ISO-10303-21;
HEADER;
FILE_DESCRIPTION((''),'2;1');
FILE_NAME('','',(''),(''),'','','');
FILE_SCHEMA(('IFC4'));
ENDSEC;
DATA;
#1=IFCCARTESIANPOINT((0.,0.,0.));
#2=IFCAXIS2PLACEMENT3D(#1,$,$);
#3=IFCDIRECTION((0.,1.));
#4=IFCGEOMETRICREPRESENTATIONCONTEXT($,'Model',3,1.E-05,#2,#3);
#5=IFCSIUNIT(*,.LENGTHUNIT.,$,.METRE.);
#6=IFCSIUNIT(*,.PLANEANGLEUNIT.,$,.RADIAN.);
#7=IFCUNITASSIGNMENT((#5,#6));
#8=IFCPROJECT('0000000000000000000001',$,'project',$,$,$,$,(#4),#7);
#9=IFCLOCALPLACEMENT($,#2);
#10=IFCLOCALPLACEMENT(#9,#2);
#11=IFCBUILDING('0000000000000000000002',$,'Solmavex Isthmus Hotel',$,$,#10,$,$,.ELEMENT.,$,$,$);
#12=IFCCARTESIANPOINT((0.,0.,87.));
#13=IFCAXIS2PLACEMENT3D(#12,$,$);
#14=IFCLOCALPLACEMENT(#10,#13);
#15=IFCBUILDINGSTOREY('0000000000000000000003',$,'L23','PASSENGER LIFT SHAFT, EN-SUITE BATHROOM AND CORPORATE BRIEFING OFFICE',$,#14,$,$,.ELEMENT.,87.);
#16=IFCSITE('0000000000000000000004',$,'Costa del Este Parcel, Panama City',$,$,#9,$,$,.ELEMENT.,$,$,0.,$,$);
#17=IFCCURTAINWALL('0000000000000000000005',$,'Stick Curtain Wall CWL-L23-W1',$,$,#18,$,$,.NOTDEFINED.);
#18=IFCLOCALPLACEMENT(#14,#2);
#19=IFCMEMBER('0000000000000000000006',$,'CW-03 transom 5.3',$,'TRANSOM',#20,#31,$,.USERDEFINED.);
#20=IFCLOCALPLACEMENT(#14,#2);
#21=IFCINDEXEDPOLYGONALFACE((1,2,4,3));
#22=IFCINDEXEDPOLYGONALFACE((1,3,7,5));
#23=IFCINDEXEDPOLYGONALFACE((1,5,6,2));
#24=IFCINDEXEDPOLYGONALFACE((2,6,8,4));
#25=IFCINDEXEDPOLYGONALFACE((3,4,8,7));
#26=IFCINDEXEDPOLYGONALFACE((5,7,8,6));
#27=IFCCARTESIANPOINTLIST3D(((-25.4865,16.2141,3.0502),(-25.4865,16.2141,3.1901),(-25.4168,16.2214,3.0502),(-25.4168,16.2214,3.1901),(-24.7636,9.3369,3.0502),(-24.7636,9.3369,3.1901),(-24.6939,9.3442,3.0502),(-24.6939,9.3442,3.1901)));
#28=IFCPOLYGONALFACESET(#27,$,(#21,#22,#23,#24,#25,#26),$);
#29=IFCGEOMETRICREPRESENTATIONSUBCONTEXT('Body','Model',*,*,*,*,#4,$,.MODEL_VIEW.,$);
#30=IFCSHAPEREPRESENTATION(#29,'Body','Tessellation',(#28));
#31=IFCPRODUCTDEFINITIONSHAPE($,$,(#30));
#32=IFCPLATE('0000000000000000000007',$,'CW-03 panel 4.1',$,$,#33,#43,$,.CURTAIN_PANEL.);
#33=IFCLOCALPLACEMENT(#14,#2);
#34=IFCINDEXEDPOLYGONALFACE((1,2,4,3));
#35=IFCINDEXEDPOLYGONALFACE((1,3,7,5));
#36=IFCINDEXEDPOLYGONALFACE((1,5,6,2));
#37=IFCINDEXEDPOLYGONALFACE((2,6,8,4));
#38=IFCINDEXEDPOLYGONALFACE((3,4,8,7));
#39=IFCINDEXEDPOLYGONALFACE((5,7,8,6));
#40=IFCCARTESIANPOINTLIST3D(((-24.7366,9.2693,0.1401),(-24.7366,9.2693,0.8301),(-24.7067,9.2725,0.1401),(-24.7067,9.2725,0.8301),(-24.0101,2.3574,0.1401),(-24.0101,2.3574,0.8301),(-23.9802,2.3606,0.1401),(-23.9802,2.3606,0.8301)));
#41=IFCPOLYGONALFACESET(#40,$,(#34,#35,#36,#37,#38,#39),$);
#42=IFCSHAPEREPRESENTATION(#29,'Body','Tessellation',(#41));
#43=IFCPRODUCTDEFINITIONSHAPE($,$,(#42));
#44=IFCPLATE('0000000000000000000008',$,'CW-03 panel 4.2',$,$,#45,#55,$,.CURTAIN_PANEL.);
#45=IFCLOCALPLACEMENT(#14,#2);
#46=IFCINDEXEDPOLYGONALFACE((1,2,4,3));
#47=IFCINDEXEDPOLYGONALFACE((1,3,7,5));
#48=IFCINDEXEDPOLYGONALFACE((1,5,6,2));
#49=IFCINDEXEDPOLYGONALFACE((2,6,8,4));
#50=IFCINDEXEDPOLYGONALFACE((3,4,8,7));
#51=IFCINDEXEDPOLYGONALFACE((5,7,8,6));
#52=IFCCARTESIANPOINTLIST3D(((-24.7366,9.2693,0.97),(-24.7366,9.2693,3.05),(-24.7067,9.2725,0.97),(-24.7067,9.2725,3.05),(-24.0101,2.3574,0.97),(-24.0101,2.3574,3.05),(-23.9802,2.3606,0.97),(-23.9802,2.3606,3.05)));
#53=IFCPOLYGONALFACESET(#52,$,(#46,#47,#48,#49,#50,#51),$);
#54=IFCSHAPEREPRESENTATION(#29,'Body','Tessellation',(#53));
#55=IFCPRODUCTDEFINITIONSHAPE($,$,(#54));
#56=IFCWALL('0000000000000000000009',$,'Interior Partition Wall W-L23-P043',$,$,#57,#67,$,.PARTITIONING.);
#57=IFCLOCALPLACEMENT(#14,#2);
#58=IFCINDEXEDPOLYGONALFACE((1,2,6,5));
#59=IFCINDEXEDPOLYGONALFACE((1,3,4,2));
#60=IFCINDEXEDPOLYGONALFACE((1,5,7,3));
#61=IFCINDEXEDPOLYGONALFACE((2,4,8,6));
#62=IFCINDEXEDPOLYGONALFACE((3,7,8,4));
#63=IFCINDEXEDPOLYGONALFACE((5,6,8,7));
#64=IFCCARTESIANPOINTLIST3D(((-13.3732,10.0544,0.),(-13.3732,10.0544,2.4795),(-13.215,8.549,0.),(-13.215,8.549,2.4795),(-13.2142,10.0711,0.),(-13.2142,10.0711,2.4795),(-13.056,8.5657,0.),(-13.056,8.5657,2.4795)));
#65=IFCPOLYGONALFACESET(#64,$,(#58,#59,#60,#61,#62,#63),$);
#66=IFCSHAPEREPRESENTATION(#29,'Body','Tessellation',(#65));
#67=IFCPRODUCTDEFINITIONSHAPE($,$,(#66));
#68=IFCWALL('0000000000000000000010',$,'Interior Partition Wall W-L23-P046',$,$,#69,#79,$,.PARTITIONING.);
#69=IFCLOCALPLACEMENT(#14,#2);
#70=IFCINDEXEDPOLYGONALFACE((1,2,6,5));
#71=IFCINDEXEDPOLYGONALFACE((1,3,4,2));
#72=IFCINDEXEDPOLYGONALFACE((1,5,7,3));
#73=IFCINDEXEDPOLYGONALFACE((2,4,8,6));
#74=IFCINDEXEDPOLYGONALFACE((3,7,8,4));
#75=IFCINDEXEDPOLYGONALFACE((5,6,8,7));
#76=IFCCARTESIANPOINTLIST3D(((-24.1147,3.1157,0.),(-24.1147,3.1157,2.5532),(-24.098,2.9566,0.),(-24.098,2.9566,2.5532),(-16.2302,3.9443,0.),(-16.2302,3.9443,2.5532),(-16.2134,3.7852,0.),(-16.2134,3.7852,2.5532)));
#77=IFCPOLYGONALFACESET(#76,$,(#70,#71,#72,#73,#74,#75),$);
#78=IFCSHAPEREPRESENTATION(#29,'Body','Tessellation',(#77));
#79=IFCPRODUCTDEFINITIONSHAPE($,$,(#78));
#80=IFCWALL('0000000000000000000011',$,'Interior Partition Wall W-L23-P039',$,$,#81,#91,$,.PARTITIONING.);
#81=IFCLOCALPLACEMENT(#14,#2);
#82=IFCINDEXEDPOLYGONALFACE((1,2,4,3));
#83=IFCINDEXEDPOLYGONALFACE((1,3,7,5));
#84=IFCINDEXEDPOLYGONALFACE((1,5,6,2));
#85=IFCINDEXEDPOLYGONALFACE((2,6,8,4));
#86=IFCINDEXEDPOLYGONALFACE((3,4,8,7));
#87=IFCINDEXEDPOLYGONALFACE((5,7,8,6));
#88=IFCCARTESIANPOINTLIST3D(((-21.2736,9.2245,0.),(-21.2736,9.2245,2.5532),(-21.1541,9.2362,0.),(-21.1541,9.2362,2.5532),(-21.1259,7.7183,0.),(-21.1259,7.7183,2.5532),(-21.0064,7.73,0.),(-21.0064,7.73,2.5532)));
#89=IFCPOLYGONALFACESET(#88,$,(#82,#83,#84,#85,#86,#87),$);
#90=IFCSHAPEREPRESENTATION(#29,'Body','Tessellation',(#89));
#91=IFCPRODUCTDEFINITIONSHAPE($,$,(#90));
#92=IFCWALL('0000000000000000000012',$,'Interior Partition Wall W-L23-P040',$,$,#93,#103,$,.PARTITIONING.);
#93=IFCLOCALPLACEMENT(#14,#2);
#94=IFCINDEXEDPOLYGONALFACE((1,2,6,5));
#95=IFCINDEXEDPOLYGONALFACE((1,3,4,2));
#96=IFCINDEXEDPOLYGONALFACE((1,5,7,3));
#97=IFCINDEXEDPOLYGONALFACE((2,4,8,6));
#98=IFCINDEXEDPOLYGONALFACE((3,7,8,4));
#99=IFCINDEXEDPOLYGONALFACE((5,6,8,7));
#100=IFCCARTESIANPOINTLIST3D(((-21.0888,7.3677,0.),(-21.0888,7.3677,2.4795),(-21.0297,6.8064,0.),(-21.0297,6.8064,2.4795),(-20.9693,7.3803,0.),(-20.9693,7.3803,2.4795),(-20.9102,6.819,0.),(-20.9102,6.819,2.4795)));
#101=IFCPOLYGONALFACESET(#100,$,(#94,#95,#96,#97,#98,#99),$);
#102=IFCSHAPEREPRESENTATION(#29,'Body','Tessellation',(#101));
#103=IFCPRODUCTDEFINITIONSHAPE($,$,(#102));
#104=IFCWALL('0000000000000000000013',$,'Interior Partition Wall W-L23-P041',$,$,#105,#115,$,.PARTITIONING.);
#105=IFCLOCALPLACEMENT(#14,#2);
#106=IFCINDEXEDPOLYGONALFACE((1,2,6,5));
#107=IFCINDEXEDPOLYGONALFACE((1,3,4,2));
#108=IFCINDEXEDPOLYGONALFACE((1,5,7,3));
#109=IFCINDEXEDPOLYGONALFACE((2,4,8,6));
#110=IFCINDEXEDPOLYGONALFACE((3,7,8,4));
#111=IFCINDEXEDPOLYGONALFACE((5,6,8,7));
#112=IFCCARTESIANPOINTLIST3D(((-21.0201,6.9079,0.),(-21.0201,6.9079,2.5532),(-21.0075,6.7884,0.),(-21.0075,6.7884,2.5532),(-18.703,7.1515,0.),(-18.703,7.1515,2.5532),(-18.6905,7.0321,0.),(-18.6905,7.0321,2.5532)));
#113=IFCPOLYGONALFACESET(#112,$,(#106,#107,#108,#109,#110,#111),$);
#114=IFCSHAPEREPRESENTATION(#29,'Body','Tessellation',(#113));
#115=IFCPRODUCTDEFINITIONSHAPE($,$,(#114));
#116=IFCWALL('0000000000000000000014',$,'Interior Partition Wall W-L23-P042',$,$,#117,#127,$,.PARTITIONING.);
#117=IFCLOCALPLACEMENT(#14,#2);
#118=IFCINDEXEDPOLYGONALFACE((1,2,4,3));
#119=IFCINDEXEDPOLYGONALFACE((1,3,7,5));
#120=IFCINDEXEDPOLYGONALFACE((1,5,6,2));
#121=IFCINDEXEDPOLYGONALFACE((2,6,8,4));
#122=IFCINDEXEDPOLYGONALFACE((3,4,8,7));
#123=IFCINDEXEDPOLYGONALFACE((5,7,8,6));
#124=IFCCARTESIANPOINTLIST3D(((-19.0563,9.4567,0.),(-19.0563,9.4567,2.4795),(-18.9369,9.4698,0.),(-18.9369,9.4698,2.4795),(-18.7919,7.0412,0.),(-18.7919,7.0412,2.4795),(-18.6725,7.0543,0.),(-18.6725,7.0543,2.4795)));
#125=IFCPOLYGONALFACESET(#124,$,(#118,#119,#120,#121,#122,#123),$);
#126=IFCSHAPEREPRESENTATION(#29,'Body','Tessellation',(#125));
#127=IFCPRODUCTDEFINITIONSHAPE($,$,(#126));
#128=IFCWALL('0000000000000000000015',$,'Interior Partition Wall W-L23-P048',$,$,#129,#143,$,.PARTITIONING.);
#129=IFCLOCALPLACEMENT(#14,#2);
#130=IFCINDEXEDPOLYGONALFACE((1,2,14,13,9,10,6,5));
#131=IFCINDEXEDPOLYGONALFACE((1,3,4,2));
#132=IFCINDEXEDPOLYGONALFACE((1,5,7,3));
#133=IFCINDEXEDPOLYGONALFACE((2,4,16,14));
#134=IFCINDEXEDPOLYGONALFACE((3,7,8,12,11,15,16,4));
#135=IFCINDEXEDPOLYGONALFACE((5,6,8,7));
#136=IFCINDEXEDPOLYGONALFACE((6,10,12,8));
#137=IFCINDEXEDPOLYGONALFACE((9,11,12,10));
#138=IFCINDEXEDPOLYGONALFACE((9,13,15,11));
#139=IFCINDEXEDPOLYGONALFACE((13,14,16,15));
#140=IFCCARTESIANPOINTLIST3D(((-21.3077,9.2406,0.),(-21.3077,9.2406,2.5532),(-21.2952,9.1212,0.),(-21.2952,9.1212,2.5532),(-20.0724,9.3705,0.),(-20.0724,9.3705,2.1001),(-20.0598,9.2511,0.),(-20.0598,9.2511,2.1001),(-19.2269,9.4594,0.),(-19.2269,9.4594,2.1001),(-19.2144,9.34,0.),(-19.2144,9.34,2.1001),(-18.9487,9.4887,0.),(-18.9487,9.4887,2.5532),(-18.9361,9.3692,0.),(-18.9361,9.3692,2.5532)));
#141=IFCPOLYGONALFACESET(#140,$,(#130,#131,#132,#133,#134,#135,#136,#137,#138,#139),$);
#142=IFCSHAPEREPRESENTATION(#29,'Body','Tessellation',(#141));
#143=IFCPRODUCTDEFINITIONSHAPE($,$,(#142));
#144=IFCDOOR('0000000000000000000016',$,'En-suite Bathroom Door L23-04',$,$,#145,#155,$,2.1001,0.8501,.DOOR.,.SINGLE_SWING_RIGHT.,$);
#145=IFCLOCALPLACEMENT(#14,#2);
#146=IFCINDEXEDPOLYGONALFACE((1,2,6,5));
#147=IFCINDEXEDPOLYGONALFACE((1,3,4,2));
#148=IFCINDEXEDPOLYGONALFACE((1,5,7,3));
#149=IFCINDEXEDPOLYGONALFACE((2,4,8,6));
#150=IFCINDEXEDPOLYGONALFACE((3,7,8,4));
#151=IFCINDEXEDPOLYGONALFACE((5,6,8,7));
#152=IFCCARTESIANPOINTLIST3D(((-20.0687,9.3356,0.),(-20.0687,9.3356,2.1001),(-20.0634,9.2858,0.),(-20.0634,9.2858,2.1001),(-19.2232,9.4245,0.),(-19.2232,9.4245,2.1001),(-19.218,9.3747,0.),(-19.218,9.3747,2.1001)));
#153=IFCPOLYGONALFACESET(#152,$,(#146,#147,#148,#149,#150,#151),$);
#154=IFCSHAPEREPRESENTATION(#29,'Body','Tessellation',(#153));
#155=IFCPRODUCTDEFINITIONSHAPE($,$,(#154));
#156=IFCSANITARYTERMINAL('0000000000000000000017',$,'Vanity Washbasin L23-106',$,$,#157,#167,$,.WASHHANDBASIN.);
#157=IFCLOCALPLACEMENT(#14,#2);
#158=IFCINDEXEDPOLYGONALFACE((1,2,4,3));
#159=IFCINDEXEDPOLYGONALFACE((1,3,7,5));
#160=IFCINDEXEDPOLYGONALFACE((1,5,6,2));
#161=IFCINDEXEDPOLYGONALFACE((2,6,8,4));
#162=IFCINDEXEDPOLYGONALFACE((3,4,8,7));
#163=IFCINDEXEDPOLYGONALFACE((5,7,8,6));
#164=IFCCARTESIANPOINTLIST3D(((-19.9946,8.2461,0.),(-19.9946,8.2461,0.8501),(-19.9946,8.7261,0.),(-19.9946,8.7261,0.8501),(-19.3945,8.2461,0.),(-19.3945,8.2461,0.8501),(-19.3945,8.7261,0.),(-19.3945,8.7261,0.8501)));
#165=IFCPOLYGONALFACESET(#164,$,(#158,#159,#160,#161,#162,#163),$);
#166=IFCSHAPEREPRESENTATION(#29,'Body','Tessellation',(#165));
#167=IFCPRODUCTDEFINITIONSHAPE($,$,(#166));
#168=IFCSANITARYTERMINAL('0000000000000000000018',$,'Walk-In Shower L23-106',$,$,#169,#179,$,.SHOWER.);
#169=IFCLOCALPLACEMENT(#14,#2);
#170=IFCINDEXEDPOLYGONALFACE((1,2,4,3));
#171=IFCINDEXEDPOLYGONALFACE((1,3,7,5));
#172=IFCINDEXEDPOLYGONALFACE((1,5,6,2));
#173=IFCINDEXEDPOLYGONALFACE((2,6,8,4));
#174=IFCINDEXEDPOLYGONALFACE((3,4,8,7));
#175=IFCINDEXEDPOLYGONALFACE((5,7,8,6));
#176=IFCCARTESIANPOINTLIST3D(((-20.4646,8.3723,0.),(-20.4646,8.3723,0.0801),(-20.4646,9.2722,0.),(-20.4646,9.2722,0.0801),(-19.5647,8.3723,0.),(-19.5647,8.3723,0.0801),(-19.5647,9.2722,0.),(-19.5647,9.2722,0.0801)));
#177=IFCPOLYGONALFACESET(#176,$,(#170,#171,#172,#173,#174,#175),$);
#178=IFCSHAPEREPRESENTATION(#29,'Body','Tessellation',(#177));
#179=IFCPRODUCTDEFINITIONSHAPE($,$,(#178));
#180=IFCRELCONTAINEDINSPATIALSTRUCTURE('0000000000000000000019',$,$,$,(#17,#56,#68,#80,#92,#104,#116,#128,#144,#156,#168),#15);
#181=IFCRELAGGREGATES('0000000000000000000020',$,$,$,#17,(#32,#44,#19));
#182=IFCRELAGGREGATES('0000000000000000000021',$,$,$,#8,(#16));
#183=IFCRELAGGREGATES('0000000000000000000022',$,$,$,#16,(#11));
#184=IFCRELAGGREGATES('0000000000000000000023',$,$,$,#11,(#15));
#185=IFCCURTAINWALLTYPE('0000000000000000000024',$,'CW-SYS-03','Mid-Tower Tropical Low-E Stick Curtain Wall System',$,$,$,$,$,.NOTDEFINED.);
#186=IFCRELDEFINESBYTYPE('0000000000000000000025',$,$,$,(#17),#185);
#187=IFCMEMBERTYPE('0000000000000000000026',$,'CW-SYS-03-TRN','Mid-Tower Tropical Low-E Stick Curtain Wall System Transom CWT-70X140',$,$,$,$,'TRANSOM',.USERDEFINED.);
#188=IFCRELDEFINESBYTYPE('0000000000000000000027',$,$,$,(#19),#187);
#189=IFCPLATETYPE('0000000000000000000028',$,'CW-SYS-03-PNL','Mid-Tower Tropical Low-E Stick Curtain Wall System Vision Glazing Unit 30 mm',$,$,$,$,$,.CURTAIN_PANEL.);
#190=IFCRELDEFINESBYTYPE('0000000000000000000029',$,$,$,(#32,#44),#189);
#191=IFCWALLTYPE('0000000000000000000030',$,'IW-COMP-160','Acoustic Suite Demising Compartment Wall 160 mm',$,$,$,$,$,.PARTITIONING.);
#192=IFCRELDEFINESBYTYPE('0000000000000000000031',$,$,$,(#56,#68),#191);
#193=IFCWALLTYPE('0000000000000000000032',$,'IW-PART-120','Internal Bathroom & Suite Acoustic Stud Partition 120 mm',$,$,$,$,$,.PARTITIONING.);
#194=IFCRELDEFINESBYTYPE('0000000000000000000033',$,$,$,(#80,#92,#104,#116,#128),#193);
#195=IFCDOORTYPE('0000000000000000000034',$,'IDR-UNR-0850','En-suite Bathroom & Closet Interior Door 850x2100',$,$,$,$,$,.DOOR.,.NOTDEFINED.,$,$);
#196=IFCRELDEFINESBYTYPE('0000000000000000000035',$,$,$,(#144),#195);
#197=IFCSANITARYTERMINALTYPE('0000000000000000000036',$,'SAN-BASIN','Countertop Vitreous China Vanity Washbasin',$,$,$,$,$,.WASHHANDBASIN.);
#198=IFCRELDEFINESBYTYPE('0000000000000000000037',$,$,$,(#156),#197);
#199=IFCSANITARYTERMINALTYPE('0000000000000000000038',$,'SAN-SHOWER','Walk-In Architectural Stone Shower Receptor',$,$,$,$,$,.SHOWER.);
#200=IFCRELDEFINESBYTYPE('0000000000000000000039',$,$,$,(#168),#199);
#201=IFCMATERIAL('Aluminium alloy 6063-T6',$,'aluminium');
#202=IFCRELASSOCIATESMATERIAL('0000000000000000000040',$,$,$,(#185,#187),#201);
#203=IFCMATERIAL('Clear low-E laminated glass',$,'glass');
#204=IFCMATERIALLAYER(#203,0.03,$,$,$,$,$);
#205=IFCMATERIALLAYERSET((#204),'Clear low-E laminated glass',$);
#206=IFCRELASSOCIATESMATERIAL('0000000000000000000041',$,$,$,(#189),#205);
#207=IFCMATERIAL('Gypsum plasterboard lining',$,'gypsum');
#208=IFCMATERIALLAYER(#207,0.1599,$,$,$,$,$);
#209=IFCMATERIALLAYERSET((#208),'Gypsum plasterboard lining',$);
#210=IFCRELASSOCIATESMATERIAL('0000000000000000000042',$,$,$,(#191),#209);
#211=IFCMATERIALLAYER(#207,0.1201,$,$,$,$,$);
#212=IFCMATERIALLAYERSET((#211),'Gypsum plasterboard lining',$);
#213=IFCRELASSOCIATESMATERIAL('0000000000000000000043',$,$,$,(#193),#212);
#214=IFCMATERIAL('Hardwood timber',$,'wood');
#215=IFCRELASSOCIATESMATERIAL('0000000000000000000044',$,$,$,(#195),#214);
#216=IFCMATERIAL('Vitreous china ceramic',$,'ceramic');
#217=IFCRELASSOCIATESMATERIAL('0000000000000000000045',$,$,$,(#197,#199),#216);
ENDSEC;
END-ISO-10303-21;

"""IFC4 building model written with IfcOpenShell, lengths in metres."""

from ifc_helpers import new_model, si_unit, direction, frame, frame_2d, origin, origin_2d, place, context, subcontext, project, spatial, rectangle, extrude, material, layer, layer_set, material_profile, profile_set, type_object, element, fill, aggregate, save


model = new_model("IFC4")

# Units and contexts
model_context = context("Model", 3, precision=1e-05, world=origin(), true_north=direction((0.0, 1.0)))
body_context = subcontext(model_context, "Body", "Model", "MODEL_VIEW")
ifc_project = project(units=[si_unit("LENGTHUNIT", "METRE"), si_unit("PLANEANGLEUNIT", "RADIAN")], contexts=[model_context])

# Site, building, storey
site_placement = place(None, origin())
site = spatial("IfcSite", under=ifc_project, at=site_placement, Name="Costa del Este Parcel, Panama City", CompositionType="ELEMENT", RefElevation=0.0)
building_placement = place(site_placement, origin())
building = spatial("IfcBuilding", under=site, at=building_placement, Name="Solmavex Isthmus Hotel", CompositionType="ELEMENT")
storey_placement = place(building_placement, frame((0.0, 0.0, 87.0)))
storey = spatial("IfcBuildingStorey", under=building, at=storey_placement, Name="L23", Description="PASSENGER LIFT SHAFT, EN-SUITE BATHROOM AND CORPORATE BRIEFING OFFICE", CompositionType="ELEMENT", Elevation=87.0)

# Curtain wall, member, plates
ifc_material_1 = material(Name="Aluminium alloy 6063-T6", Category="aluminium")
curtain_wall_type = type_object("IfcCurtainWallType", Name="CW-SYS-03", Description="Mid-Tower Tropical Low-E Stick Curtain Wall System", PredefinedType="NOTDEFINED", material=ifc_material_1)
curtain_wall_placement = place(storey_placement, origin())
curtain_wall = element("IfcCurtainWall", 1, at=curtain_wall_placement, inside=storey, type_object=curtain_wall_type, Name="Stick Curtain Wall CWL-L23-W1", PredefinedType="NOTDEFINED")
ifc_material_profile_1 = material_profile(ifc_material_1, rectangle(XDim=0.0701, YDim=0.1399, at=origin_2d()), Name="CWT-70X140")
ifc_profile_set_1 = profile_set([ifc_material_profile_1], Name="Aluminium alloy 6063-T6")
member_type_1 = type_object("IfcMemberType", Name="CW-SYS-03-TRN", Description="Mid-Tower Tropical Low-E Stick Curtain Wall System Transom CWT-70X140", ElementType="TRANSOM", PredefinedType="USERDEFINED", material=ifc_profile_set_1)
member_1_placement = place(storey_placement, frame((-24.7288, 9.3406, 3.1201), z_axis=(-0.10454, 0.994521, 0.0), x_axis=(-0.994521, -0.10454, 0.0)))
member_1 = element("IfcMember", 2, at=member_1_placement, type_object=member_type_1, Name="CW-03 transom 5.3", ObjectType="TRANSOM", PredefinedType="USERDEFINED", context=body_context, shape_type="SweptSolid", body=[
    extrude(rectangle(XDim=0.0701, YDim=0.1399, at=origin_2d()), origin(), (0.0, 0.0, 1.0), 6.915),
])
ifc_material_2 = material(Name="Clear low-E laminated glass", Category="glass")
ifc_layer_1 = layer(ifc_material_2, 0.03)
ifc_layer_set_1 = layer_set([ifc_layer_1], Name="Clear low-E laminated glass")
plate_type = type_object("IfcPlateType", Name="CW-SYS-03-PNL", Description="Mid-Tower Tropical Low-E Stick Curtain Wall System Vision Glazing Unit 30 mm", PredefinedType="CURTAIN_PANEL", material=ifc_layer_set_1)
plate_1_placement = place(storey_placement, frame((-24.3584, 5.8149, 0.1401), z_axis=(0.0, 0.0, 1.0), x_axis=(-0.104528, 0.994522, 0.0)))
plate_1 = element("IfcPlate", 3, at=plate_1_placement, type_object=plate_type, Name="CW-03 panel 4.1", PredefinedType="CURTAIN_PANEL", context=body_context, shape_type="SweptSolid", body=[
    extrude(rectangle(XDim=6.95, YDim=0.03, at=origin_2d()), origin(), (0.0, 0.0, 1.0), 0.6899),
])
plate_2_placement = place(storey_placement, frame((-24.3584, 5.8149, 0.97), z_axis=(0.0, 0.0, 1.0), x_axis=(-0.104528, 0.994522, 0.0)))
plate_2 = element("IfcPlate", 4, at=plate_2_placement, type_object=plate_type, Name="CW-03 panel 4.2", PredefinedType="CURTAIN_PANEL", context=body_context, shape_type="SweptSolid", body=[
    extrude(rectangle(XDim=6.95, YDim=0.03, at=origin_2d()), origin(), (0.0, 0.0, 1.0), 2.0801),
])
aggregate(curtain_wall, [plate_1, plate_2, member_1])

# Shared definitions
ifc_material_3 = material(Name="Gypsum plasterboard lining", Category="gypsum")
ifc_layer_2 = layer(ifc_material_3, 0.1599)
ifc_layer_set_2 = layer_set([ifc_layer_2], Name="Gypsum plasterboard lining")
wall_type_1 = type_object("IfcWallType", Name="IW-COMP-160", Description="Acoustic Suite Demising Compartment Wall 160 mm", PredefinedType="PARTITIONING", material=ifc_layer_set_2)
ifc_material_4 = material(Name="Hardwood timber", Category="wood")

# Walls
wall_1_placement = place(storey_placement, frame((-13.2937, 10.0627, 0.0), z_axis=(0.0, 0.0, 1.0), x_axis=(0.104517, -0.994523, 0.0)))
element("IfcWall", 5, at=wall_1_placement, inside=storey, type_object=wall_type_1, Name="Interior Partition Wall W-L23-P043", PredefinedType="PARTITIONING", context=body_context, shape_type="SweptSolid", body=[
    extrude(rectangle(XDim=1.5137, YDim=0.1599, at=frame_2d((0.7568, 0.0))), origin(), (0.0, 0.0, 1.0), 2.4795),
])
wall_2_placement = place(storey_placement, frame((-16.2219, 3.8647, 0.0), z_axis=(0.0, 0.0, 1.0), x_axis=(-0.994523, -0.104518, 0.0)))
element("IfcWall", 6, at=wall_2_placement, inside=storey, type_object=wall_type_1, Name="Interior Partition Wall W-L23-P046", PredefinedType="PARTITIONING", context=body_context, shape_type="SweptSolid", body=[
    extrude(rectangle(XDim=7.928, YDim=0.1599, at=frame_2d((3.9639, 0.0))), origin(), (0.0, 0.0, 1.0), 2.5532),
])

# Walls
ifc_layer_3 = layer(ifc_material_3, 0.1201)
ifc_layer_set_3 = layer_set([ifc_layer_3], Name="Gypsum plasterboard lining")
wall_type_2 = type_object("IfcWallType", Name="IW-PART-120", Description="Internal Bathroom & Suite Acoustic Stud Partition 120 mm", PredefinedType="PARTITIONING", material=ifc_layer_set_3)
wall_3_placement = place(storey_placement, frame((-21.2139, 9.2305, 0.0), z_axis=(0.0, 0.0, 1.0), x_axis=(0.097603, -0.995225, 0.0)))
element("IfcWall", 7, at=wall_3_placement, inside=storey, type_object=wall_type_2, Name="Interior Partition Wall W-L23-P039", PredefinedType="PARTITIONING", context=body_context, shape_type="SweptSolid", body=[
    extrude(rectangle(XDim=1.5134, YDim=0.1201, at=frame_2d((0.7568, 0.0))), origin(), (0.0, 0.0, 1.0), 2.5532),
])
wall_4_placement = place(storey_placement, frame((-21.0291, 7.374, 0.0), z_axis=(0.0, 0.0, 1.0), x_axis=(0.104685, -0.994505, 0.0)))
element("IfcWall", 8, at=wall_4_placement, inside=storey, type_object=wall_type_2, Name="Interior Partition Wall W-L23-P040", PredefinedType="PARTITIONING", context=body_context, shape_type="SweptSolid", body=[
    extrude(rectangle(XDim=0.5645, YDim=0.1201, at=frame_2d((0.2822, 0.0))), origin(), (0.0, 0.0, 1.0), 2.4795),
])
wall_5_placement = place(storey_placement, frame((-21.0139, 6.8481, 0.0), z_axis=(0.0, 0.0, 1.0), x_axis=(0.994517, 0.104576, 0.0)))
element("IfcWall", 9, at=wall_5_placement, inside=storey, type_object=wall_type_2, Name="Interior Partition Wall W-L23-P041", PredefinedType="PARTITIONING", context=body_context, shape_type="SweptSolid", body=[
    extrude(rectangle(XDim=2.3298, YDim=0.1201, at=frame_2d((1.165, 0.0))), origin(), (0.0, 0.0, 1.0), 2.5532),
])
wall_6_placement = place(storey_placement, frame((-18.7322, 7.0479, 0.0), z_axis=(0.0, 0.0, 1.0), x_axis=(-0.10881, 0.994063, 0.0)))
element("IfcWall", 10, at=wall_6_placement, inside=storey, type_object=wall_type_2, Name="Interior Partition Wall W-L23-P042", PredefinedType="PARTITIONING", context=body_context, shape_type="SweptSolid", body=[
    extrude(rectangle(XDim=2.4299, YDim=0.1201, at=frame_2d((1.2148, 0.0))), origin(), (0.0, 0.0, 1.0), 2.4795),
])

# Wall, opening, door
wall_7_placement = place(storey_placement, frame((-18.9424, 9.429, 0.0), z_axis=(0.0, 0.0, 1.0), x_axis=(-0.994518, -0.104567, 0.0)))
wall_7 = element("IfcWall", 11, at=wall_7_placement, inside=storey, type_object=wall_type_2, Name="Interior Partition Wall W-L23-P048", PredefinedType="PARTITIONING", context=body_context, shape_type="SweptSolid", body=[
    extrude(rectangle(XDim=2.3721, YDim=0.1201, at=frame_2d((1.186, 0.0))), origin(), (0.0, 0.0, 1.0), 2.5532),
])
opening_1_placement = place(wall_7_placement, frame((0.2798, 0.0, 0.0)))
opening_1 = element("IfcOpeningElement", 12, at=opening_1_placement, cuts=wall_7, PredefinedType="OPENING", context=body_context, shape_type="SweptSolid", body=[
    extrude(rectangle(XDim=0.8501, YDim=2.1001, at=frame_2d((0.425, 1.05))), frame((0.0, 0.0701, 0.0), z_axis=(0.0, -1.0, 0.0), x_axis=(1.0, 0.0, 0.0)), (0.0, 0.0, 1.0), 0.1401),
])
door_type_1 = type_object("IfcDoorType", Name="IDR-UNR-0850", Description="En-suite Bathroom & Closet Interior Door 850x2100", OperationType="NOTDEFINED", PredefinedType="DOOR", material=ifc_material_4)
door_1_placement = place(opening_1_placement, frame((0.8501, 0.0, 0.0), z_axis=(0.0, 0.0, 1.0), x_axis=(-1.0, 0.0, 0.0)))
door_1 = element("IfcDoor", 13, at=door_1_placement, inside=storey, type_object=door_type_1, Name="En-suite Bathroom Door L23-04", OperationType="SINGLE_SWING_RIGHT", OverallHeight=2.1001, OverallWidth=0.8501, PredefinedType="DOOR", context=body_context, shape_type="SweptSolid", body=[
    extrude(rectangle(XDim=0.8501, YDim=2.1001, at=frame_2d((0.425, 1.05))), frame((0.0, 0.0249, 0.0), z_axis=(0.0, -1.0, 0.0), x_axis=(1.0, 0.0, 0.0)), (0.0, 0.0, 1.0), 0.05),
])
fill(opening_1, door_1)

# Sanitary terminals
ifc_material_5 = material(Name="Vitreous china ceramic", Category="ceramic")
sanitary_terminal_type_1 = type_object("IfcSanitaryTerminalType", Name="SAN-BASIN", Description="Countertop Vitreous China Vanity Washbasin", PredefinedType="WASHHANDBASIN", material=ifc_material_5)
sanitary_terminal_1_placement = place(storey_placement, frame((-19.6946, 8.4861, 0.0), z_axis=(0.0, 0.0, 1.0), x_axis=(1.0, 0.0, 0.0)))
element("IfcSanitaryTerminal", 14, at=sanitary_terminal_1_placement, inside=storey, type_object=sanitary_terminal_type_1, Name="Vanity Washbasin L23-106", PredefinedType="WASHHANDBASIN", context=body_context, shape_type="SweptSolid", body=[
    extrude(rectangle(XDim=0.6001, YDim=0.48, at=origin_2d()), origin(), (0.0, 0.0, 1.0), 0.8501),
])
sanitary_terminal_type_2 = type_object("IfcSanitaryTerminalType", Name="SAN-SHOWER", Description="Walk-In Architectural Stone Shower Receptor", PredefinedType="SHOWER", material=ifc_material_5)
sanitary_terminal_2_placement = place(storey_placement, frame((-20.0146, 8.8223, 0.0), z_axis=(0.0, 0.0, 1.0), x_axis=(1.0, 0.0, 0.0)))
element("IfcSanitaryTerminal", 15, at=sanitary_terminal_2_placement, inside=storey, type_object=sanitary_terminal_type_2, Name="Walk-In Shower L23-106", PredefinedType="SHOWER", context=body_context, shape_type="SweptSolid", body=[
    extrude(rectangle(XDim=0.8999, YDim=0.8999, at=origin_2d()), origin(), (0.0, 0.0, 1.0), 0.0801),
])

save(model, "model.ifc")
